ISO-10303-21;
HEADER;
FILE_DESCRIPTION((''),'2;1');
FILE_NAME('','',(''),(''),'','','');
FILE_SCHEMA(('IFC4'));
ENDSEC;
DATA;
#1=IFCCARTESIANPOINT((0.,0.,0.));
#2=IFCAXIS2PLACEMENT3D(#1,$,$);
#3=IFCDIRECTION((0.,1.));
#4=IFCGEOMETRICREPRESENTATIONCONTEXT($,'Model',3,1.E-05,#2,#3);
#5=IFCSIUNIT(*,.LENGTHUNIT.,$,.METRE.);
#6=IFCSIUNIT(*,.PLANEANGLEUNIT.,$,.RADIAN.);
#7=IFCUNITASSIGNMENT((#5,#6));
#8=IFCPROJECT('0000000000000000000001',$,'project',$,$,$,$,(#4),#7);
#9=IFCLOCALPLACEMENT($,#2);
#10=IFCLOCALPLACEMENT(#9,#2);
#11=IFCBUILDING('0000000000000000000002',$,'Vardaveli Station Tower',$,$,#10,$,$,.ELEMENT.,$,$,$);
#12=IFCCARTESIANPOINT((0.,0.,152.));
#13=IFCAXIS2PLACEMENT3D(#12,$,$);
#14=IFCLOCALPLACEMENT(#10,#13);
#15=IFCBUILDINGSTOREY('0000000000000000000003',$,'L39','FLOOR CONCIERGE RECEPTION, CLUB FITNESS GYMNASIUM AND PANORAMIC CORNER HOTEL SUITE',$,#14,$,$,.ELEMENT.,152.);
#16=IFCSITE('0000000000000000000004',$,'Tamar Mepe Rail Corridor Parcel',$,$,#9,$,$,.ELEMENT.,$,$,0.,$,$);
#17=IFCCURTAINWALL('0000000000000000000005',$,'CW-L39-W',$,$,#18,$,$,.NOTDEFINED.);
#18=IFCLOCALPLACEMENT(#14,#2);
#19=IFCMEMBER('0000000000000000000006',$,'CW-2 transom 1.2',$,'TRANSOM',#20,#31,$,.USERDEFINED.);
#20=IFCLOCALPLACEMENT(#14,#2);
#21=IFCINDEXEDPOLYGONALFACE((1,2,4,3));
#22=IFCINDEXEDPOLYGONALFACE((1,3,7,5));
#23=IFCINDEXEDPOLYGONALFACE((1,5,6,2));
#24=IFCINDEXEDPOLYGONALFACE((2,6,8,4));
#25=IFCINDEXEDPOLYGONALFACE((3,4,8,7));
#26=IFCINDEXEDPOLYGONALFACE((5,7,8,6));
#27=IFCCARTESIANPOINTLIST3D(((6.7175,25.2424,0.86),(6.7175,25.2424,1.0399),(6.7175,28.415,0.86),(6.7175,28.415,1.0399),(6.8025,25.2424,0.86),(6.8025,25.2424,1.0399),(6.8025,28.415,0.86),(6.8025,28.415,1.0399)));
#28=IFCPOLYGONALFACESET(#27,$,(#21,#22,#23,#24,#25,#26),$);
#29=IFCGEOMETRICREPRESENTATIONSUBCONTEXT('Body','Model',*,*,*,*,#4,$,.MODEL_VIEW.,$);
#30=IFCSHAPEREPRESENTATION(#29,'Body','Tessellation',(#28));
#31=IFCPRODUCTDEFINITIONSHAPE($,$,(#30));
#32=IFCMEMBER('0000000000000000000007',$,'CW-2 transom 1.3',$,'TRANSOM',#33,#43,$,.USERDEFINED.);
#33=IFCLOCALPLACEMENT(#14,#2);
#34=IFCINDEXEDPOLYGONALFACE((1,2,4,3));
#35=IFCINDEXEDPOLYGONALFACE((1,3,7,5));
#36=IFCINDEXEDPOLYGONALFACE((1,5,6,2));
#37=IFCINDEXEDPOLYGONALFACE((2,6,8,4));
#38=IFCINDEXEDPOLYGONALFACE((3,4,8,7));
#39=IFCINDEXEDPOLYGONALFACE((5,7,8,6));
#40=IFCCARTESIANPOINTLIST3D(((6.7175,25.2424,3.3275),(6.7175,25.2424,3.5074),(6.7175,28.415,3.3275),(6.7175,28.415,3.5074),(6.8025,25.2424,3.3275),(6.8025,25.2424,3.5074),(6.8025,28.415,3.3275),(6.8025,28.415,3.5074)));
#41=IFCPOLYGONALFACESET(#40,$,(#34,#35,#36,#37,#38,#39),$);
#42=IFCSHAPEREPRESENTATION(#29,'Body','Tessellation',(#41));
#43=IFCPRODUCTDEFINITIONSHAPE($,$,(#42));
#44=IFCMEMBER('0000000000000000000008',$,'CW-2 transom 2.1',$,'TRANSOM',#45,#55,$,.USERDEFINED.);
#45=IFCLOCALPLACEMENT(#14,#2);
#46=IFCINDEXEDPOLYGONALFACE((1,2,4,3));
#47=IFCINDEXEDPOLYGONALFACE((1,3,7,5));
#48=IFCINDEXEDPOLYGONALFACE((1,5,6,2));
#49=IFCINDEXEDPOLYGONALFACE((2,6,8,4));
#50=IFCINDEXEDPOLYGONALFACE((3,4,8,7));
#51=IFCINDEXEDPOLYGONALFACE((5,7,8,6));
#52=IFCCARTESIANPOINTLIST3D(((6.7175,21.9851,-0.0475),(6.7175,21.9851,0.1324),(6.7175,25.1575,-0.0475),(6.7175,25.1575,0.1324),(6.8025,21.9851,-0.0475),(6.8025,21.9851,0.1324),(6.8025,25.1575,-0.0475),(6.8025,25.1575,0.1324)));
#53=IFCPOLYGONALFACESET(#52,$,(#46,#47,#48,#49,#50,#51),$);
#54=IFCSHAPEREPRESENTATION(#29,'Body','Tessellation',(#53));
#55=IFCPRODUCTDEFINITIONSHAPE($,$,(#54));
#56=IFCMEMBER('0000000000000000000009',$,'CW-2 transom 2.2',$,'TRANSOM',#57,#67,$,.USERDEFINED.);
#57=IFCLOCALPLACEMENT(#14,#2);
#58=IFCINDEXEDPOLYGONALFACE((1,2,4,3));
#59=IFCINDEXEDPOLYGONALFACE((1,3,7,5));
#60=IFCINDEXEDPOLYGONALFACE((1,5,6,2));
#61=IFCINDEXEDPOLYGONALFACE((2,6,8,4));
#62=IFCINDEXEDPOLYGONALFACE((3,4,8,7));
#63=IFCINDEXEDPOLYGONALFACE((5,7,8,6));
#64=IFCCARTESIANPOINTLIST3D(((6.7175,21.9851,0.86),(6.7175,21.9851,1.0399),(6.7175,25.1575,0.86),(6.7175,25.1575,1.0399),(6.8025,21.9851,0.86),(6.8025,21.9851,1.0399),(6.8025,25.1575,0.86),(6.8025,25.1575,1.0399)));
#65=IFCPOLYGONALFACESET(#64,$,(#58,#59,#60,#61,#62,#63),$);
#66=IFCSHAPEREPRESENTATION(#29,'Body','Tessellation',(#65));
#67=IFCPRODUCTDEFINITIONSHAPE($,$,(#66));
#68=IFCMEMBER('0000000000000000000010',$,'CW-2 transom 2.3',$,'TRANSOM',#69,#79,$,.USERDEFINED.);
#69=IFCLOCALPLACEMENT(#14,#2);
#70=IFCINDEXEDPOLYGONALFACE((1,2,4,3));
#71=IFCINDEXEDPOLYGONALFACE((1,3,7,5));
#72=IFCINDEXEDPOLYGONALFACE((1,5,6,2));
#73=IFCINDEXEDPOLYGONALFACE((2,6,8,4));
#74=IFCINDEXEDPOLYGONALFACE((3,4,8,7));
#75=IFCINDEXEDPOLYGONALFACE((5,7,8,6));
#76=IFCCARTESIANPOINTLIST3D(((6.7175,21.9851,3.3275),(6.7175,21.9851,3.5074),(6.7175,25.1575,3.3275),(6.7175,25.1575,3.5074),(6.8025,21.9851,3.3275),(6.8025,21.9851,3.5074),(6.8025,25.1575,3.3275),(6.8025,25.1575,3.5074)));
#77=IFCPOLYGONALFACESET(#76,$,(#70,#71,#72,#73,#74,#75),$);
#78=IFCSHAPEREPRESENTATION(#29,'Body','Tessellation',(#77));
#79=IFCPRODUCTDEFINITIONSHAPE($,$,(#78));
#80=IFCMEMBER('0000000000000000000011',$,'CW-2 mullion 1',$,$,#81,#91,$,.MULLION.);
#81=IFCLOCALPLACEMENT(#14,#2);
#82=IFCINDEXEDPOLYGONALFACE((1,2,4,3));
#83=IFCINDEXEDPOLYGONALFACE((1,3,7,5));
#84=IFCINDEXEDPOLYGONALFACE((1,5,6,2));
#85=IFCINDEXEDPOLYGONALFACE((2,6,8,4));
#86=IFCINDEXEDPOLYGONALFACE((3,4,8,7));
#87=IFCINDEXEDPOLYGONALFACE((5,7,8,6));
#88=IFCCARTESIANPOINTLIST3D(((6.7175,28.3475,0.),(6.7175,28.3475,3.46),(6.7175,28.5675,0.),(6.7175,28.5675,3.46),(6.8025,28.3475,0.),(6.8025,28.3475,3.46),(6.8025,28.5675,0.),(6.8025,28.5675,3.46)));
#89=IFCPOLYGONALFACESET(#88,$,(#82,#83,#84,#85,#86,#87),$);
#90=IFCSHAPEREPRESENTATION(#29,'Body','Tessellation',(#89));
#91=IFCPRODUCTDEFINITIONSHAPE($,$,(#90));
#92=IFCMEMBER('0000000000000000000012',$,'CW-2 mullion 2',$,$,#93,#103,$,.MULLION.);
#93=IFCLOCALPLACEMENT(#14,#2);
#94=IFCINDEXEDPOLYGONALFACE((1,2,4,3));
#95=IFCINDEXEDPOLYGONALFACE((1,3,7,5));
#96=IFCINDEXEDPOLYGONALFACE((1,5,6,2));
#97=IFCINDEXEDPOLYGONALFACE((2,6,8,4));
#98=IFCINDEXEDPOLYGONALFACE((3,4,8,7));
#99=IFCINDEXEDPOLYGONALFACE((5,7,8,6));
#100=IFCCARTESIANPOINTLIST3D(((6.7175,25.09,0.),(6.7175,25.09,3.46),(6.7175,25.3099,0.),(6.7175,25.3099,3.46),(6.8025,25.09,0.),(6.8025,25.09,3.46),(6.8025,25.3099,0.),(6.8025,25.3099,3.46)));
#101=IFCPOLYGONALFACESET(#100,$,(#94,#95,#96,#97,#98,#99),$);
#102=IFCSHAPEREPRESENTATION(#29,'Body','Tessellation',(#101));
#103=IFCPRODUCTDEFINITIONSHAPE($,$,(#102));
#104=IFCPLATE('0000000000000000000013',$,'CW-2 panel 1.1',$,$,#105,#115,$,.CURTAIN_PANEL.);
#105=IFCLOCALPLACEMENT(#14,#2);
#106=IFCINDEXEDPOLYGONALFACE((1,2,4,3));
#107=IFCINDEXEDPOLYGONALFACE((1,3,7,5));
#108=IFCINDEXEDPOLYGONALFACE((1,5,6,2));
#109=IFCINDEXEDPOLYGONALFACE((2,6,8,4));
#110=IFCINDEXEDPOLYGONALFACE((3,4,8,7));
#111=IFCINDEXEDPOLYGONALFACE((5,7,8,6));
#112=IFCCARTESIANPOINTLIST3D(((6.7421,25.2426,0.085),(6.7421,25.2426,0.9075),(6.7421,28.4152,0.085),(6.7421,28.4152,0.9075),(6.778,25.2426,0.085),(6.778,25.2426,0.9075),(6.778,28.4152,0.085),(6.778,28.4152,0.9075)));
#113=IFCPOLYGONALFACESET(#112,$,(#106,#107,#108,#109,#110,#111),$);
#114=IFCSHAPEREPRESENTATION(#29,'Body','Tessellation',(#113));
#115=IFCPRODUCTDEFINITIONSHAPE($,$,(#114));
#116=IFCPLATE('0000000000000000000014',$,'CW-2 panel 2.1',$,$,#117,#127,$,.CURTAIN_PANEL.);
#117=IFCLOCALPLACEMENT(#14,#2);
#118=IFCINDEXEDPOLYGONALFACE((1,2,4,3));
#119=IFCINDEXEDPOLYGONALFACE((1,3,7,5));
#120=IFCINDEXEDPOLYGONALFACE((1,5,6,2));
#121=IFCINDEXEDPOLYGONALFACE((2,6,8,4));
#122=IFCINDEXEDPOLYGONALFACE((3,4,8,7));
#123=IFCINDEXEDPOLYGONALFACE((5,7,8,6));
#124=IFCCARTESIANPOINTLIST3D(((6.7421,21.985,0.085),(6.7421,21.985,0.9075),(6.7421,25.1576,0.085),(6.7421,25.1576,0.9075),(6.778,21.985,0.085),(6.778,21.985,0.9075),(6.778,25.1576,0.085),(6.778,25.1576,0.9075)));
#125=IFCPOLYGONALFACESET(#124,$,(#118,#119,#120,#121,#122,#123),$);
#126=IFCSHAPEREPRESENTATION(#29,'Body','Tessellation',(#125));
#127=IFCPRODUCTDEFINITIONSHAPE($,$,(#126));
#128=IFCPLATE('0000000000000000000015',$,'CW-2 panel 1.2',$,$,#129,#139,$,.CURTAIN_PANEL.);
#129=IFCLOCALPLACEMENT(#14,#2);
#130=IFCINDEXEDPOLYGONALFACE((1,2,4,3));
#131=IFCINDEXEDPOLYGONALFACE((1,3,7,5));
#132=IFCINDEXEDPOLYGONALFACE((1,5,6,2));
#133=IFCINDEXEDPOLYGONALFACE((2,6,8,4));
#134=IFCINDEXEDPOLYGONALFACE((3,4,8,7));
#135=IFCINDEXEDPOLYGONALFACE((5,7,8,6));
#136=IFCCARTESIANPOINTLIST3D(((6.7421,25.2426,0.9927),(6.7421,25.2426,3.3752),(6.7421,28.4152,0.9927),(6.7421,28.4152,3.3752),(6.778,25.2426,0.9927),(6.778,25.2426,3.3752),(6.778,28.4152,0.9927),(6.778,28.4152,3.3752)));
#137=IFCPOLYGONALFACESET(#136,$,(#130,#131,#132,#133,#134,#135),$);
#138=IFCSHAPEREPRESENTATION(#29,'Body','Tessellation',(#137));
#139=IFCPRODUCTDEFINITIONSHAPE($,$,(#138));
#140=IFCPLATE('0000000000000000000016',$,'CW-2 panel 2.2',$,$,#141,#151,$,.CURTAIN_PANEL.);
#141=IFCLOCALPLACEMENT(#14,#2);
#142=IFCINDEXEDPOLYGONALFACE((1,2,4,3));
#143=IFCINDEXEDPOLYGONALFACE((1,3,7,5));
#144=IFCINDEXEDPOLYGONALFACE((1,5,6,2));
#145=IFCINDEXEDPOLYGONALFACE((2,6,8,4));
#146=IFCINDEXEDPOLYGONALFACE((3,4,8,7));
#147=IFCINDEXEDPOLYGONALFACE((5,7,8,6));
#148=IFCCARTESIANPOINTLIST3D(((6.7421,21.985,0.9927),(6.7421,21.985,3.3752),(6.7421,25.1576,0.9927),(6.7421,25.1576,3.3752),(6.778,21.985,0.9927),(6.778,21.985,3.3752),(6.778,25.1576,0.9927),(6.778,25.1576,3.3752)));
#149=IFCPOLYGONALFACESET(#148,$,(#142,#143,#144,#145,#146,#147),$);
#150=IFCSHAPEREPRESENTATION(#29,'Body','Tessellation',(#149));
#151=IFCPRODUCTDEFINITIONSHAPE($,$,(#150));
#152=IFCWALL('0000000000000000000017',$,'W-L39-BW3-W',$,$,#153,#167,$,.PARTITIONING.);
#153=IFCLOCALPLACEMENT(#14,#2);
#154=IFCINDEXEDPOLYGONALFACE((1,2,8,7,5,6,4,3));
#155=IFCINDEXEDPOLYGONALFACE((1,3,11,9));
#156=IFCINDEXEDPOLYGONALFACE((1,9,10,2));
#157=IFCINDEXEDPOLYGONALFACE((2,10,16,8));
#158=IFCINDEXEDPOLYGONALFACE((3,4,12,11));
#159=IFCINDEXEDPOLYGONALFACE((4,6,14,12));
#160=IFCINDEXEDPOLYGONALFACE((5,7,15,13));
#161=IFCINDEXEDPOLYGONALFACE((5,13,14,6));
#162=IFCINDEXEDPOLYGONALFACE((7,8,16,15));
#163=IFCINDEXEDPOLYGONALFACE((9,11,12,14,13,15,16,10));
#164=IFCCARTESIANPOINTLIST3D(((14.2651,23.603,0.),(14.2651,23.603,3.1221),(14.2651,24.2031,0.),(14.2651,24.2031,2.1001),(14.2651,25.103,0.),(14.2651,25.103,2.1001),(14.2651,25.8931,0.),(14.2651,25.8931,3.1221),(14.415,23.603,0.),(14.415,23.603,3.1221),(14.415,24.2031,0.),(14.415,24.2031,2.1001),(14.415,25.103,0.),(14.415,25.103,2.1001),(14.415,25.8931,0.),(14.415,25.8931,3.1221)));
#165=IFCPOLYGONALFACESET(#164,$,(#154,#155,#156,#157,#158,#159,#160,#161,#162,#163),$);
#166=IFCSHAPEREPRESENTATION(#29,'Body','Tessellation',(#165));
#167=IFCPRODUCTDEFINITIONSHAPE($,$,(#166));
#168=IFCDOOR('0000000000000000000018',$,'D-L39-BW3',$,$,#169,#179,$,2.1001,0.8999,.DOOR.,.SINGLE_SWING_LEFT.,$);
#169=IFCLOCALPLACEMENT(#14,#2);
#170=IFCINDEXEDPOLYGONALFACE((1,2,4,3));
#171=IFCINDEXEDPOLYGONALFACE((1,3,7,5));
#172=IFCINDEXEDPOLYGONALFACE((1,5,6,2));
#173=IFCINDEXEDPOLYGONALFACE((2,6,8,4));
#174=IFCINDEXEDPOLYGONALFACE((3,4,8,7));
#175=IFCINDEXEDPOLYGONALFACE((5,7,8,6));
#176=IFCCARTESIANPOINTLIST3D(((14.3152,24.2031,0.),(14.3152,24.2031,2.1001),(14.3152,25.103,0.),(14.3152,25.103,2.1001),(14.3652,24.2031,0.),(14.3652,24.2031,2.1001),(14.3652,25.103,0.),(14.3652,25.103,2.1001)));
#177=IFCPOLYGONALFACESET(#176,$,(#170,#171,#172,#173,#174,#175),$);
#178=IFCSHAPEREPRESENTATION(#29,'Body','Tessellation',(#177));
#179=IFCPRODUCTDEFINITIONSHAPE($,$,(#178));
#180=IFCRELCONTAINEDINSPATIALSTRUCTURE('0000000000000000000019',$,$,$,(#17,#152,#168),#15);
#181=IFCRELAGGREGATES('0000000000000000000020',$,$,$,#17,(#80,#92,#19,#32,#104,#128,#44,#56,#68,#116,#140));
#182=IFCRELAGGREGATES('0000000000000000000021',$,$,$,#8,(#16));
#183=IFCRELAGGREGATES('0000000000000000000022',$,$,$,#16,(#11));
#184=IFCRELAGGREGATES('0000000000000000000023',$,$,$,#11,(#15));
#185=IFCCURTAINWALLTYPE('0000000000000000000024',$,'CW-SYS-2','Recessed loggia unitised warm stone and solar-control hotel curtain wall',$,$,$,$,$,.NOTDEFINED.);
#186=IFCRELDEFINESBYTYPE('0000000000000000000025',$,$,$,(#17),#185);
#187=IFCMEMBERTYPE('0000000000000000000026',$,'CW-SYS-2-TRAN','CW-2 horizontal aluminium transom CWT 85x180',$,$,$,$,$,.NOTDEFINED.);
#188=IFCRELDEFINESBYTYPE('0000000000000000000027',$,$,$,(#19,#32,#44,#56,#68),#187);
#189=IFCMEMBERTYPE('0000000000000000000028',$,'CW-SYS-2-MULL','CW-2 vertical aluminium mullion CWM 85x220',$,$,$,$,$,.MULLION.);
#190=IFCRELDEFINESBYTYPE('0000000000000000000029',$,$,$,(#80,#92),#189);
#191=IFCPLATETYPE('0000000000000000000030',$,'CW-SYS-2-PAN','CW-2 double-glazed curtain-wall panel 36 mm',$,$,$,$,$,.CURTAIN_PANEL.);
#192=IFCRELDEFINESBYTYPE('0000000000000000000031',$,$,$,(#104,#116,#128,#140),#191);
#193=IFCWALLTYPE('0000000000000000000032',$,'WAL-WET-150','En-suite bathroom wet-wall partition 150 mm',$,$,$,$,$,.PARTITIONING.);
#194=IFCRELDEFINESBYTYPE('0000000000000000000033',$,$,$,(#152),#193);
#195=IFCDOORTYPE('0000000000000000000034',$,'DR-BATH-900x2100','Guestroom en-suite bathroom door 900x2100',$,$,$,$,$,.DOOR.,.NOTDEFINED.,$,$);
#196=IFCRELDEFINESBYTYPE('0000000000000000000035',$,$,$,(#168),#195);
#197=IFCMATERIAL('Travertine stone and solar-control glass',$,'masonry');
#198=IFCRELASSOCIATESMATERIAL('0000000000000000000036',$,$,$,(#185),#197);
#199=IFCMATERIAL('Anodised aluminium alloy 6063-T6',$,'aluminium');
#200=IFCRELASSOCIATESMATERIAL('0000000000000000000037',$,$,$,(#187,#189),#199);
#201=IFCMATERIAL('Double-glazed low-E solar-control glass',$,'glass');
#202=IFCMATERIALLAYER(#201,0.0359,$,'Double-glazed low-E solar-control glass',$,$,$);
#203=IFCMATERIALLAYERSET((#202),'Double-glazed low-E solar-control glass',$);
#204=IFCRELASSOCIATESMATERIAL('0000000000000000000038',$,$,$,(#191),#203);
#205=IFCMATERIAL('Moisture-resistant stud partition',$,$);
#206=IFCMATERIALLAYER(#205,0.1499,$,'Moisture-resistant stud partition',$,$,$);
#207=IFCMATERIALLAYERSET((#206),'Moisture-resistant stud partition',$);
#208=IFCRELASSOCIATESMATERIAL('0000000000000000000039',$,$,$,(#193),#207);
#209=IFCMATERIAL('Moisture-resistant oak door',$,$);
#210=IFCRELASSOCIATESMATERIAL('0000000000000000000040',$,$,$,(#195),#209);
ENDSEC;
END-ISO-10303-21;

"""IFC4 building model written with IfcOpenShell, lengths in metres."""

from ifc_helpers import new_model, si_unit, direction, frame, frame_2d, origin, origin_2d, place, context, subcontext, project, spatial, rectangle, extrude, source, transform, mapped, material, layer, layer_set, material_profile, profile_set, type_object, element, fill, aggregate, save


model = new_model("IFC4")

# Units and contexts
model_context = context("Model", 3, precision=1e-05, world=origin(), true_north=direction((0.0, 1.0)))
body_context = subcontext(model_context, "Body", "Model", "MODEL_VIEW")
ifc_project = project(units=[si_unit("LENGTHUNIT", "METRE"), si_unit("PLANEANGLEUNIT", "RADIAN")], contexts=[model_context])

# Site, building, storey
site_placement = place(None, origin())
site = spatial("IfcSite", under=ifc_project, at=site_placement, Name="Tamar Mepe Rail Corridor Parcel", CompositionType="ELEMENT", RefElevation=0.0)
building_placement = place(site_placement, origin())
building = spatial("IfcBuilding", under=site, at=building_placement, Name="Vardaveli Station Tower", CompositionType="ELEMENT")
storey_placement = place(building_placement, frame((0.0, 0.0, 152.0)))
storey = spatial("IfcBuildingStorey", under=building, at=storey_placement, Name="L39", Description="FLOOR CONCIERGE RECEPTION, CLUB FITNESS GYMNASIUM AND PANORAMIC CORNER HOTEL SUITE", CompositionType="ELEMENT", Elevation=152.0)

# Curtain wall, members, plates
ifc_material_1 = material(Name="Travertine stone and solar-control glass", Category="masonry")
curtain_wall_type = type_object("IfcCurtainWallType", Name="CW-SYS-2", Description="Recessed loggia unitised warm stone and solar-control hotel curtain wall", PredefinedType="NOTDEFINED", material=ifc_material_1)
curtain_wall_placement = place(storey_placement, origin())
curtain_wall = element("IfcCurtainWall", 1, at=curtain_wall_placement, inside=storey, type_object=curtain_wall_type, Name="CW-L39-W", PredefinedType="NOTDEFINED")
ifc_material_2 = material(Name="Anodised aluminium alloy 6063-T6", Category="aluminium")
ifc_material_profile_1 = material_profile(ifc_material_2, rectangle(XDim=0.085, YDim=0.1799, at=origin_2d()), Name="CWT 85x180")
ifc_profile_set_1 = profile_set([ifc_material_profile_1], Name="Anodised aluminium alloy 6063-T6")
member_type_1 = type_object("IfcMemberType", Name="CW-SYS-2-TRAN", Description="CW-2 horizontal aluminium transom CWT 85x180", PredefinedType="NOTDEFINED", material=ifc_profile_set_1)
shared_shape_1 = source(origin(), body_context, "Body", "SweptSolid", [
    extrude(rectangle(XDim=0.085, YDim=0.1799, at=origin_2d()), origin(), (0.0, 0.0, 1.0), 3.1726),
])
member_1_placement = place(storey_placement, frame((6.76, 28.415, 0.95), z_axis=(0.0, -1.0, 0.0), x_axis=(1.0, 0.0, 0.0)))
member_1 = element("IfcMember", 2, at=member_1_placement, type_object=member_type_1, Name="CW-2 transom 1.2", ObjectType="TRANSOM", PredefinedType="USERDEFINED", context=body_context, shape_type="MappedRepresentation", body=[
    mapped(shared_shape_1, transform((0.0, 0.0, 0.0), scale=1.0)),
])
member_2_placement = place(storey_placement, frame((6.76, 28.415, 3.4175), z_axis=(0.0, -1.0, 0.0), x_axis=(1.0, 0.0, 0.0)))
member_2 = element("IfcMember", 3, at=member_2_placement, type_object=member_type_1, Name="CW-2 transom 1.3", ObjectType="TRANSOM", PredefinedType="USERDEFINED", context=body_context, shape_type="MappedRepresentation", body=[
    mapped(shared_shape_1, transform((0.0, 0.0, 0.0), scale=1.0)),
])
shared_shape_2 = source(origin(), body_context, "Body", "SweptSolid", [
    extrude(rectangle(XDim=0.085, YDim=0.1799, at=origin_2d()), origin(), (0.0, 0.0, 1.0), 3.1724),
])
member_3_placement = place(storey_placement, frame((6.76, 25.1575, 0.0425), z_axis=(0.0, -1.0, 0.0), x_axis=(1.0, 0.0, 0.0)))
member_3 = element("IfcMember", 4, at=member_3_placement, type_object=member_type_1, Name="CW-2 transom 2.1", ObjectType="TRANSOM", PredefinedType="USERDEFINED", context=body_context, shape_type="MappedRepresentation", body=[
    mapped(shared_shape_2, transform((0.0, 0.0, 0.0), scale=1.0)),
])
member_4_placement = place(storey_placement, frame((6.76, 25.1575, 0.95), z_axis=(0.0, -1.0, 0.0), x_axis=(1.0, 0.0, 0.0)))
member_4 = element("IfcMember", 5, at=member_4_placement, type_object=member_type_1, Name="CW-2 transom 2.2", ObjectType="TRANSOM", PredefinedType="USERDEFINED", context=body_context, shape_type="MappedRepresentation", body=[
    mapped(shared_shape_2, transform((0.0, 0.0, 0.0), scale=1.0)),
])
member_5_placement = place(storey_placement, frame((6.76, 25.1575, 3.4175), z_axis=(0.0, -1.0, 0.0), x_axis=(1.0, 0.0, 0.0)))
member_5 = element("IfcMember", 6, at=member_5_placement, type_object=member_type_1, Name="CW-2 transom 2.3", ObjectType="TRANSOM", PredefinedType="USERDEFINED", context=body_context, shape_type="MappedRepresentation", body=[
    mapped(shared_shape_2, transform((0.0, 0.0, 0.0), scale=1.0)),
])
ifc_material_profile_2 = material_profile(ifc_material_2, rectangle(XDim=0.085, YDim=0.22, at=origin_2d()), Name="CWM 85x220")
ifc_profile_set_2 = profile_set([ifc_material_profile_2], Name="Anodised aluminium alloy 6063-T6")
member_type_2 = type_object("IfcMemberType", Name="CW-SYS-2-MULL", Description="CW-2 vertical aluminium mullion CWM 85x220", PredefinedType="MULLION", material=ifc_profile_set_2)
shared_shape_3 = source(origin(), body_context, "Body", "SweptSolid", [
    extrude(rectangle(XDim=0.085, YDim=0.22, at=origin_2d()), origin(), (0.0, 0.0, 1.0), 3.46),
])
member_6_placement = place(storey_placement, frame((6.76, 28.4575, 0.0), z_axis=(0.0, 0.0, 1.0), x_axis=(1.0, 0.0, 0.0)))
member_6 = element("IfcMember", 7, at=member_6_placement, type_object=member_type_2, Name="CW-2 mullion 1", PredefinedType="MULLION", context=body_context, shape_type="MappedRepresentation", body=[
    mapped(shared_shape_3, transform((0.0, 0.0, 0.0), scale=1.0)),
])
member_7_placement = place(storey_placement, frame((6.76, 25.2, 0.0), z_axis=(0.0, 0.0, 1.0), x_axis=(1.0, 0.0, 0.0)))
member_7 = element("IfcMember", 8, at=member_7_placement, type_object=member_type_2, Name="CW-2 mullion 2", PredefinedType="MULLION", context=body_context, shape_type="MappedRepresentation", body=[
    mapped(shared_shape_3, transform((0.0, 0.0, 0.0), scale=1.0)),
])
ifc_material_3 = material(Name="Double-glazed low-E solar-control glass", Category="glass")
ifc_layer_1 = layer(ifc_material_3, 0.0359, Name="Double-glazed low-E solar-control glass")
ifc_layer_set_1 = layer_set([ifc_layer_1], Name="Double-glazed low-E solar-control glass")
plate_type = type_object("IfcPlateType", Name="CW-SYS-2-PAN", Description="CW-2 double-glazed curtain-wall panel 36 mm", PredefinedType="CURTAIN_PANEL", material=ifc_layer_set_1)
shared_shape_4 = source(origin(), body_context, "Body", "SweptSolid", [
    extrude(rectangle(XDim=3.1726, YDim=0.0359, at=origin_2d()), origin(), (0.0, 0.0, 1.0), 0.8225),
])
plate_1_placement = place(storey_placement, frame((6.76, 26.8289, 0.085), z_axis=(0.0, 0.0, 1.0), x_axis=(0.0, -1.0, 0.0)))
plate_1 = element("IfcPlate", 9, at=plate_1_placement, type_object=plate_type, Name="CW-2 panel 1.1", PredefinedType="CURTAIN_PANEL", context=body_context, shape_type="MappedRepresentation", body=[
    mapped(shared_shape_4, transform((0.0, 0.0, 0.0), scale=1.0)),
])
plate_2_placement = place(storey_placement, frame((6.76, 23.5713, 0.085), z_axis=(0.0, 0.0, 1.0), x_axis=(0.0, -1.0, 0.0)))
plate_2 = element("IfcPlate", 10, at=plate_2_placement, type_object=plate_type, Name="CW-2 panel 2.1", PredefinedType="CURTAIN_PANEL", context=body_context, shape_type="MappedRepresentation", body=[
    mapped(shared_shape_4, transform((0.0, 0.0, 0.0), scale=1.0)),
])
shared_shape_5 = source(origin(), body_context, "Body", "SweptSolid", [
    extrude(rectangle(XDim=3.1726, YDim=0.0359, at=origin_2d()), origin(), (0.0, 0.0, 1.0), 2.3826),
])
plate_3_placement = place(storey_placement, frame((6.76, 26.8289, 0.9927), z_axis=(0.0, 0.0, 1.0), x_axis=(0.0, -1.0, 0.0)))
plate_3 = element("IfcPlate", 11, at=plate_3_placement, type_object=plate_type, Name="CW-2 panel 1.2", PredefinedType="CURTAIN_PANEL", context=body_context, shape_type="MappedRepresentation", body=[
    mapped(shared_shape_5, transform((0.0, 0.0, 0.0), scale=1.0)),
])
plate_4_placement = place(storey_placement, frame((6.76, 23.5713, 0.9927), z_axis=(0.0, 0.0, 1.0), x_axis=(0.0, -1.0, 0.0)))
plate_4 = element("IfcPlate", 12, at=plate_4_placement, type_object=plate_type, Name="CW-2 panel 2.2", PredefinedType="CURTAIN_PANEL", context=body_context, shape_type="MappedRepresentation", body=[
    mapped(shared_shape_5, transform((0.0, 0.0, 0.0), scale=1.0)),
])
aggregate(curtain_wall, [member_6, member_7, member_1, member_2, plate_1, plate_3, member_3, member_4, member_5, plate_2, plate_4])

# Wall, opening, door
ifc_material_4 = material(Name="Moisture-resistant stud partition")
ifc_layer_2 = layer(ifc_material_4, 0.1499, Name="Moisture-resistant stud partition")
ifc_layer_set_2 = layer_set([ifc_layer_2], Name="Moisture-resistant stud partition")
wall_type_1 = type_object("IfcWallType", Name="WAL-WET-150", Description="En-suite bathroom wet-wall partition 150 mm", PredefinedType="PARTITIONING", material=ifc_layer_set_2)
shared_shape_6 = source(origin(), body_context, "Body", "SweptSolid", [
    extrude(rectangle(XDim=2.29, YDim=0.1499, at=frame_2d((1.145, 0.0))), origin(), (0.0, 0.0, 1.0), 3.1221),
])
wall_1_placement = place(storey_placement, frame((14.3401, 23.603, 0.0), z_axis=(0.0, 0.0, 1.0), x_axis=(0.0, 1.0, 0.0)))
wall_1 = element("IfcWall", 13, at=wall_1_placement, inside=storey, type_object=wall_type_1, Name="W-L39-BW3-W", PredefinedType="PARTITIONING", context=body_context, shape_type="MappedRepresentation", body=[
    mapped(shared_shape_6, transform((0.0, 0.0, 0.0), scale=1.0)),
])
shared_shape_7 = source(origin(), body_context, "Body", "SweptSolid", [
    extrude(rectangle(XDim=0.8999, YDim=2.1001, at=frame_2d((0.45, 1.05))), frame((0.0, 0.085, 0.0), z_axis=(0.0, -1.0, 0.0), x_axis=(1.0, 0.0, 0.0)), (0.0, 0.0, 1.0), 0.1699),
])
opening_placement = place(wall_1_placement, frame((0.6001, 0.0, 0.0)))
opening = element("IfcOpeningElement", 14, at=opening_placement, cuts=wall_1, PredefinedType="OPENING", context=body_context, shape_type="MappedRepresentation", body=[
    mapped(shared_shape_7, transform((0.0, 0.0, 0.0), scale=1.0)),
])
ifc_material_5 = material(Name="Moisture-resistant oak door")
door_type = type_object("IfcDoorType", Name="DR-BATH-900x2100", Description="Guestroom en-suite bathroom door 900x2100", OperationType="NOTDEFINED", PredefinedType="DOOR", material=ifc_material_5)
shared_shape_8 = source(origin(), body_context, "Body", "SweptSolid", [
    extrude(rectangle(XDim=0.8999, YDim=2.1001, at=frame_2d((0.45, 1.05))), frame((0.0, 0.0249, 0.0), z_axis=(0.0, -1.0, 0.0), x_axis=(1.0, 0.0, 0.0)), (0.0, 0.0, 1.0), 0.05),
])
door_placement = place(opening_placement, origin())
door = element("IfcDoor", 15, at=door_placement, inside=storey, type_object=door_type, Name="D-L39-BW3", OperationType="SINGLE_SWING_LEFT", OverallHeight=2.1001, OverallWidth=0.8999, PredefinedType="DOOR", context=body_context, shape_type="MappedRepresentation", body=[
    mapped(shared_shape_8, transform((0.0, 0.0, 0.0), scale=1.0)),
])
fill(opening, door)

save(model, "model.ifc")
